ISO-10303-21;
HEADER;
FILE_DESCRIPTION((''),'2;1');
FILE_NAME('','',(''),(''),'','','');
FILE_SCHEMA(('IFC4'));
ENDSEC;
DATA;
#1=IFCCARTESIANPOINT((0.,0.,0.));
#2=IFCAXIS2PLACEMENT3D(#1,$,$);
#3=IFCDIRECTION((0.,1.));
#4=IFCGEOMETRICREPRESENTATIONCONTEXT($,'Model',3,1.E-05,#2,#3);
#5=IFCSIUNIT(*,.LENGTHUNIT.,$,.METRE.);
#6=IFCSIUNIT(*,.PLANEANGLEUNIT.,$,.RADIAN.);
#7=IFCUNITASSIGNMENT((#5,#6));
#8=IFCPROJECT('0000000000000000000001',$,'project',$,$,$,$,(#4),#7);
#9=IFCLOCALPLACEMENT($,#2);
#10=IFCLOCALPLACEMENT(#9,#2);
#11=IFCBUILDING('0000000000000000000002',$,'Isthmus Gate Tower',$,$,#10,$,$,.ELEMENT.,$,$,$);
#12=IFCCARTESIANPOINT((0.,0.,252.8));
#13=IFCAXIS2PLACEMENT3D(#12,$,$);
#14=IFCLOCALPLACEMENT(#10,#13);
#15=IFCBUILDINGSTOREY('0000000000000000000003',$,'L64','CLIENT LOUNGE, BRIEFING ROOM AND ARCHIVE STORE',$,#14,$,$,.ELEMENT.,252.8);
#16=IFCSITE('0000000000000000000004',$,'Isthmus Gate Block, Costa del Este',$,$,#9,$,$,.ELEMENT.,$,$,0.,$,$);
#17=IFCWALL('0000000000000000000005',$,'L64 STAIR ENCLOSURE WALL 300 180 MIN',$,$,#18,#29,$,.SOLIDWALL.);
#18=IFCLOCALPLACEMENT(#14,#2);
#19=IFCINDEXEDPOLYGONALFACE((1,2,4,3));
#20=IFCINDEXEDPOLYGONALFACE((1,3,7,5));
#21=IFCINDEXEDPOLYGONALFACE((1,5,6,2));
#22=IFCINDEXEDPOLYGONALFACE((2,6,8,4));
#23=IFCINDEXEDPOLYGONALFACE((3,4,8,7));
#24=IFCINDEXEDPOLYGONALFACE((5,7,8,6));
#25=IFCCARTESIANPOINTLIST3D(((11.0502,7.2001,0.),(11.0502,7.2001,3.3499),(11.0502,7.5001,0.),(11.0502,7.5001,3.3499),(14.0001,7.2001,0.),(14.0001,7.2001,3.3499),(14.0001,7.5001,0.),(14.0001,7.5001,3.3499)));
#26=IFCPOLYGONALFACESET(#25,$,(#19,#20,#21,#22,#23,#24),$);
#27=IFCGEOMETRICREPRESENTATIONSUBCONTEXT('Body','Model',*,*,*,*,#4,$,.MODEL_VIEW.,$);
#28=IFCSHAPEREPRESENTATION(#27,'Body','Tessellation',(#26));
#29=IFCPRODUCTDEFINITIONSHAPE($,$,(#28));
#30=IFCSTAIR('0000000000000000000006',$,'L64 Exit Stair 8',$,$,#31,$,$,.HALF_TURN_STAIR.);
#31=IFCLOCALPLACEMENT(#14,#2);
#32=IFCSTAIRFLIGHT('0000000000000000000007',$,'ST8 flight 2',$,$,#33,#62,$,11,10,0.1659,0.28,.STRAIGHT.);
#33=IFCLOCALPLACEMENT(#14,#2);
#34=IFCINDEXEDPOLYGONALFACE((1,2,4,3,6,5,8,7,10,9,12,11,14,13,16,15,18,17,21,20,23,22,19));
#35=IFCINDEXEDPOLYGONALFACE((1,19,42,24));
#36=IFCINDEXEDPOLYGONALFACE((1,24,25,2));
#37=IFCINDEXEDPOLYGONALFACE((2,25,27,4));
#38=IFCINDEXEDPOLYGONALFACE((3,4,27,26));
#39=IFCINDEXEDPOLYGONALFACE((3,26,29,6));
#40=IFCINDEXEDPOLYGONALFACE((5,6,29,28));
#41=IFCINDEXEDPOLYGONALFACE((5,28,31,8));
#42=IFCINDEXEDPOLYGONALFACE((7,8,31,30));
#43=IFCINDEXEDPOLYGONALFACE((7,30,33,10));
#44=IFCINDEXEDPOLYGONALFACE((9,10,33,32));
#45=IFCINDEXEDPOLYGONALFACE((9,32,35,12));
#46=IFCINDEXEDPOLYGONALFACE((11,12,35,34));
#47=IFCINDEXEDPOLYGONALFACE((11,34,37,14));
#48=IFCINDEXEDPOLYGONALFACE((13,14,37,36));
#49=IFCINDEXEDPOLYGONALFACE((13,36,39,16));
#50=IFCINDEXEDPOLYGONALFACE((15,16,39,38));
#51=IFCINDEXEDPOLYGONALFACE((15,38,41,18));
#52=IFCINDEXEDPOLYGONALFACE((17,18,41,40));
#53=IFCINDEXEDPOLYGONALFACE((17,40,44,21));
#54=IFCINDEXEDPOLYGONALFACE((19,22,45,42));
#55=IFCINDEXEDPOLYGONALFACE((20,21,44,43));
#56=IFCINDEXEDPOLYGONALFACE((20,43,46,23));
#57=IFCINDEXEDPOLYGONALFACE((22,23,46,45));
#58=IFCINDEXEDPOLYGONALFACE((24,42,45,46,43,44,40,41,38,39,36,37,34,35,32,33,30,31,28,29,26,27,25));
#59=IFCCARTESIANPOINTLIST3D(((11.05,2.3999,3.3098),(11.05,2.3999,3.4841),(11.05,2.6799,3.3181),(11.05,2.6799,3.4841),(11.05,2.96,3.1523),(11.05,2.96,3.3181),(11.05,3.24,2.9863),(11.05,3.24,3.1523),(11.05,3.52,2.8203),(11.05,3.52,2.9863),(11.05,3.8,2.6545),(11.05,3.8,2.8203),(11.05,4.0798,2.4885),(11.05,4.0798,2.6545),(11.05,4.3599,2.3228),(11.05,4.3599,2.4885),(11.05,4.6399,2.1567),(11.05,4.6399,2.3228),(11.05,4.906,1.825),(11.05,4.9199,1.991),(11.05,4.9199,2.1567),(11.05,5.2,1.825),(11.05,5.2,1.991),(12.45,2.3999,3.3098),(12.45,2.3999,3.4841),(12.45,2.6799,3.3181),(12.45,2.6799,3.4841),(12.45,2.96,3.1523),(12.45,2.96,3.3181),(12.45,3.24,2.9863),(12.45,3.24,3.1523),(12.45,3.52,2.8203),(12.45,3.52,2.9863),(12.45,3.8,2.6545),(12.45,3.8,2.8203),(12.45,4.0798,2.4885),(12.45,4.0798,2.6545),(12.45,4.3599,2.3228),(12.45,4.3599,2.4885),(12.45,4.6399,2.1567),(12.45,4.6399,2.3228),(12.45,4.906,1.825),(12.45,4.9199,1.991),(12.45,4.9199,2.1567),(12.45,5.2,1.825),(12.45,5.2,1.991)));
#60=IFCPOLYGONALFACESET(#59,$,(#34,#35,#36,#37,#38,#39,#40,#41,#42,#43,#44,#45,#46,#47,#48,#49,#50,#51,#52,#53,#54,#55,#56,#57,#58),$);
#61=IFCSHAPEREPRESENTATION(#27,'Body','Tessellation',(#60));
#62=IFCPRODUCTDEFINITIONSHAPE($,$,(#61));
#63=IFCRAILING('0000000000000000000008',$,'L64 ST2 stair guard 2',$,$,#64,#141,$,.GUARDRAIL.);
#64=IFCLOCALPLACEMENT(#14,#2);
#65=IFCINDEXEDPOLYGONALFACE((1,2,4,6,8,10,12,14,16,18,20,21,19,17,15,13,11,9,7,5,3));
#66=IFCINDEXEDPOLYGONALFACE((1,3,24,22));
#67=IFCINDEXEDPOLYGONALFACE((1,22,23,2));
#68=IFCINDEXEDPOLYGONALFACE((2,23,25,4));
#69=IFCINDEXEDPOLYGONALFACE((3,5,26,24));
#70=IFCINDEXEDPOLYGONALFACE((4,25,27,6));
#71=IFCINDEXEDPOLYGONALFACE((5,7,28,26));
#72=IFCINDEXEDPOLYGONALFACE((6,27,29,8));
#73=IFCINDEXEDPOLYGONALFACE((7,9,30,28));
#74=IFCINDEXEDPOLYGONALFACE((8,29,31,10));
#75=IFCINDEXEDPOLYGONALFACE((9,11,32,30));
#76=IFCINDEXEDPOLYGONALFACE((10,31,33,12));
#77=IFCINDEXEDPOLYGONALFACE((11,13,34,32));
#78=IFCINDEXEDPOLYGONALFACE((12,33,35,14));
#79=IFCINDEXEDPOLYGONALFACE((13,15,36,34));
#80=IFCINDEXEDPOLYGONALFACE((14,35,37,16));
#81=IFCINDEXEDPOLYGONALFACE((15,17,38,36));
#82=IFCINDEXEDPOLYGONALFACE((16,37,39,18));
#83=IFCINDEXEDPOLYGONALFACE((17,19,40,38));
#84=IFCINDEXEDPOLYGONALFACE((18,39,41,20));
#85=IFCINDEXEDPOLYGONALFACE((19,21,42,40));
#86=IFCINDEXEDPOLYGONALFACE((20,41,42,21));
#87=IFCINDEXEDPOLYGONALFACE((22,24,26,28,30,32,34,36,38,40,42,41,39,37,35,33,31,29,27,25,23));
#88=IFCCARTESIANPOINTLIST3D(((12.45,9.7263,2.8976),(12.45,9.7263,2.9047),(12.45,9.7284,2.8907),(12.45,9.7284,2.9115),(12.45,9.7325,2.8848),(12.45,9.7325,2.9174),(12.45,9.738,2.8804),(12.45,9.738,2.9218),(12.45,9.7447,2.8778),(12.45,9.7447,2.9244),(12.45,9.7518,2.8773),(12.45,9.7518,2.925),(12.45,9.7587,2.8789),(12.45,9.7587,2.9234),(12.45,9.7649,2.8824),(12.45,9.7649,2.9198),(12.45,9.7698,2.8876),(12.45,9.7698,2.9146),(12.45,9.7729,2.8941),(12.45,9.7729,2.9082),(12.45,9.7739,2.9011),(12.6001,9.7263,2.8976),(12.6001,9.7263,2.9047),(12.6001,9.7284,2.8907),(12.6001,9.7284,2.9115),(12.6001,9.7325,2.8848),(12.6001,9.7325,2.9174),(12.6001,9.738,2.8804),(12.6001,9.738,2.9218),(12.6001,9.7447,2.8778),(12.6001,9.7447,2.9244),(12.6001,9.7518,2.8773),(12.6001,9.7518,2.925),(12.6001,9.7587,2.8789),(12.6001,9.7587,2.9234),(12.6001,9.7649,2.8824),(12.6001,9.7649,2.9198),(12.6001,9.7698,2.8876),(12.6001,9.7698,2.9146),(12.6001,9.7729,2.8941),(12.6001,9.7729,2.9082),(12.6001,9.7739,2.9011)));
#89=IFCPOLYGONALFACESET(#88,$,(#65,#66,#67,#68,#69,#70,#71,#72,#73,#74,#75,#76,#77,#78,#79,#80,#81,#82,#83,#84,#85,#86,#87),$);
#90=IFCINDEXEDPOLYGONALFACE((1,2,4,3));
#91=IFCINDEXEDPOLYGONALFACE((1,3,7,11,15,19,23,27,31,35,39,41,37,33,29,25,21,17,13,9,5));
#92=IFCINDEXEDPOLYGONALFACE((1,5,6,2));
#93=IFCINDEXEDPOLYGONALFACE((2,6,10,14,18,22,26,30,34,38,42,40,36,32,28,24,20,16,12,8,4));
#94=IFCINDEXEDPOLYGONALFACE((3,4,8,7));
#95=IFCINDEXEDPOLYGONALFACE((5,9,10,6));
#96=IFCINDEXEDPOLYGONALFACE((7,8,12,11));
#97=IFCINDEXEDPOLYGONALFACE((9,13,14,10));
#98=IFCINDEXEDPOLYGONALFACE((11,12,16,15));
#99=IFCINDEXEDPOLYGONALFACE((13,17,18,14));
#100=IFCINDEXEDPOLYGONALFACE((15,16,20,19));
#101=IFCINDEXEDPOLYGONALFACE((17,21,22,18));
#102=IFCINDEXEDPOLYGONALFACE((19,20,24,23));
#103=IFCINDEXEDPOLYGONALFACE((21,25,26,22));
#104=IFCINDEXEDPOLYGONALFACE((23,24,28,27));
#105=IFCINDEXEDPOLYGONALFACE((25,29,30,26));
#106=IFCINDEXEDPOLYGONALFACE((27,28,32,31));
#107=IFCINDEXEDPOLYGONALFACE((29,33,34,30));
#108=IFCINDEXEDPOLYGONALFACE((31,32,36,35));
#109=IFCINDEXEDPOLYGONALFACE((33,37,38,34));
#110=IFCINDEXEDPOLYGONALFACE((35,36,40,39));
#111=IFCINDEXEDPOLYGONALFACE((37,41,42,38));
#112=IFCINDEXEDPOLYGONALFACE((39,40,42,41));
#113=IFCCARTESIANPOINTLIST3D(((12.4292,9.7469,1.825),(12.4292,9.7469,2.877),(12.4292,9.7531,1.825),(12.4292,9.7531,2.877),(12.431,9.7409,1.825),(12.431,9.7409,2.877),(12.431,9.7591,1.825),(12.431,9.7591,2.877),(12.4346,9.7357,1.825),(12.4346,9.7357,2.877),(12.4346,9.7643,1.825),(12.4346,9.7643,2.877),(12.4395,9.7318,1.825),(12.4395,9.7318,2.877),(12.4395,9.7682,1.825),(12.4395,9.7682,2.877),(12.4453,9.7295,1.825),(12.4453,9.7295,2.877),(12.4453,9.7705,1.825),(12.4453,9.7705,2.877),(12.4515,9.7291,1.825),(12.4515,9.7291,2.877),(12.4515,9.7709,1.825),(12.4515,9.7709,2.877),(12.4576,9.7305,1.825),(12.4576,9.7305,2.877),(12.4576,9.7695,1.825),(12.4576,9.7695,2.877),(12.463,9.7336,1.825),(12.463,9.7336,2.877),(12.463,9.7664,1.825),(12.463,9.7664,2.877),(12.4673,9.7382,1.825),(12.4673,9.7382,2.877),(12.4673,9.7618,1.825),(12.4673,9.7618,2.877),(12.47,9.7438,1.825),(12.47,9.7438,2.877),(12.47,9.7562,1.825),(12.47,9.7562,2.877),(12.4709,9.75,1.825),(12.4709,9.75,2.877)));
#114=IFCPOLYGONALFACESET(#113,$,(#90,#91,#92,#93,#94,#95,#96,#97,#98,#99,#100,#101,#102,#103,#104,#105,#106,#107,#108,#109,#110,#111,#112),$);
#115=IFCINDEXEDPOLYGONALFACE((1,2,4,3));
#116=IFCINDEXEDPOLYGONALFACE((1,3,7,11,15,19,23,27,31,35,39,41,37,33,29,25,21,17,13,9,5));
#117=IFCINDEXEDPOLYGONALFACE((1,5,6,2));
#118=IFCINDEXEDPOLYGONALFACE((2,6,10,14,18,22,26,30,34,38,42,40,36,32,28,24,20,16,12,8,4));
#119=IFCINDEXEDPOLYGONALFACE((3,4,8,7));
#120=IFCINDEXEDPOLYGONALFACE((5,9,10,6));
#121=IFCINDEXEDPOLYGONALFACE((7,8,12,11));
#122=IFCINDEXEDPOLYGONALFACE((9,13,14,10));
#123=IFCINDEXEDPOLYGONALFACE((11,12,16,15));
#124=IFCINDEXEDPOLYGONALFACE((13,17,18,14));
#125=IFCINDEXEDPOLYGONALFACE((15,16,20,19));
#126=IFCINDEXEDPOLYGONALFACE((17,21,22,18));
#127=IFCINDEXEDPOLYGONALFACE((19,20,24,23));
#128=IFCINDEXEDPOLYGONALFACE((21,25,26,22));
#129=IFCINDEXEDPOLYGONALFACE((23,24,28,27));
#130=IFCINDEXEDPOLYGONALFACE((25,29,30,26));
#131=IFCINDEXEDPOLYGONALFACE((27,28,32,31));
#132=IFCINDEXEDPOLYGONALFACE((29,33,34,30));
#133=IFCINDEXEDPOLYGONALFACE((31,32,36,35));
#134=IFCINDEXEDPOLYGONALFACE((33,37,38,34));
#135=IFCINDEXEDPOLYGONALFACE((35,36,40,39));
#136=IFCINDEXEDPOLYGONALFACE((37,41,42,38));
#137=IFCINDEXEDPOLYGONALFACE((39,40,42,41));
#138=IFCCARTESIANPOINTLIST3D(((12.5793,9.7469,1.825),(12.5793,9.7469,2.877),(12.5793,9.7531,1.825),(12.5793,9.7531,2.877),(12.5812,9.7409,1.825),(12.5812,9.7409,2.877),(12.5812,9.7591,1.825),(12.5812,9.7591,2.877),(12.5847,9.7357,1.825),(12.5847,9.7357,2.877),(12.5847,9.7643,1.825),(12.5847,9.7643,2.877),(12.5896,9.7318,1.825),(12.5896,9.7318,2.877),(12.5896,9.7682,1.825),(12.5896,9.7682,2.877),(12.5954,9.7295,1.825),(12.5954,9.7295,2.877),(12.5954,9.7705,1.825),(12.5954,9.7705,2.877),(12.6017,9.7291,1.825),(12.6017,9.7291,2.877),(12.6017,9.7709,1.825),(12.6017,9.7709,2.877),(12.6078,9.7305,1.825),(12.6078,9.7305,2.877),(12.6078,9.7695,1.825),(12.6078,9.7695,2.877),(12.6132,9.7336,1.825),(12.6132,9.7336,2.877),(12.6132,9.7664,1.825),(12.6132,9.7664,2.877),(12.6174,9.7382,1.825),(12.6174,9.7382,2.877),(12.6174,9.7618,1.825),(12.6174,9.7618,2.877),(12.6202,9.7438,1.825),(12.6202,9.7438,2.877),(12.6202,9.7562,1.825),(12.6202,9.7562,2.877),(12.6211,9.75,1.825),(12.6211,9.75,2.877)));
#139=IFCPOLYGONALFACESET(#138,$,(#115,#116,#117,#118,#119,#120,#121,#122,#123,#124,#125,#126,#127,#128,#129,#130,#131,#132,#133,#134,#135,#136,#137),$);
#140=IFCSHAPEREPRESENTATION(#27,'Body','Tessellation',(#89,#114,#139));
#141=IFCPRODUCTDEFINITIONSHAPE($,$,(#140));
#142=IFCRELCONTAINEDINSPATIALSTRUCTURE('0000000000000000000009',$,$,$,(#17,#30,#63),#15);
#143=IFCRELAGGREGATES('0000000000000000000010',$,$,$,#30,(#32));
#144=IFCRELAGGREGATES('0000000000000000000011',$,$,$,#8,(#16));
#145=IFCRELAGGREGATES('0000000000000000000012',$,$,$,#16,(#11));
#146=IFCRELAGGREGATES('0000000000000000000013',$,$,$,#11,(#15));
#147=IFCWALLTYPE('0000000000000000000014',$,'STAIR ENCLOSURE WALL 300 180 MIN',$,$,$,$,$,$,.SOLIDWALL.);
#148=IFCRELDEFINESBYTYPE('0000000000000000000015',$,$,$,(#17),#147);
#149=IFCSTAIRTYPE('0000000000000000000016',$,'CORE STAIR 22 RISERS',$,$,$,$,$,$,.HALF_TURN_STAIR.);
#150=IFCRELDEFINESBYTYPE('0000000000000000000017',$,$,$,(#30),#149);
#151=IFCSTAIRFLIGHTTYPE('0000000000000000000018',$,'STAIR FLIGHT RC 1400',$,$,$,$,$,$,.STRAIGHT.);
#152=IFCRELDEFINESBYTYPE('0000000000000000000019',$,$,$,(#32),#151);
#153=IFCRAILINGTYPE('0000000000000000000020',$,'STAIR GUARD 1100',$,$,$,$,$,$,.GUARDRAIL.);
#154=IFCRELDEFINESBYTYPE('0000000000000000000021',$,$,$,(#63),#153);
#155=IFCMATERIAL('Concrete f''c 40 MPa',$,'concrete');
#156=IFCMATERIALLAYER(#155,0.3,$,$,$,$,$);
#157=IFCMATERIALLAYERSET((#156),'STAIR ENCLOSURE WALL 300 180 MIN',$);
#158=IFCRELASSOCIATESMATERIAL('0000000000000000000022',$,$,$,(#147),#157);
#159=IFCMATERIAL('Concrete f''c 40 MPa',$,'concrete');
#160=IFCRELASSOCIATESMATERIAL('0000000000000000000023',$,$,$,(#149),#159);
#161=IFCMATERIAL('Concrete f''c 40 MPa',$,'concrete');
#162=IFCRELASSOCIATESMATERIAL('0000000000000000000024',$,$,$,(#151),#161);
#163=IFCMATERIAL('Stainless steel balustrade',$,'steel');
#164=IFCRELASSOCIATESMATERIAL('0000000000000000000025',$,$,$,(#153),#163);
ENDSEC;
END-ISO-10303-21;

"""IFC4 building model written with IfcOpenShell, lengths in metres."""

from ifc_helpers import new_model, si_unit, direction, frame, frame_2d, origin, origin_2d, place, context, subcontext, project, spatial, polyline, rectangle, circle, outline, extrude, material, layer, layer_set, type_object, element, aggregate, save


model = new_model("IFC4")

# Units and contexts
model_context = context("Model", 3, precision=1e-05, world=origin(), true_north=direction((0.0, 1.0)))
body_context = subcontext(model_context, "Body", "Model", "MODEL_VIEW")
ifc_project = project(units=[si_unit("LENGTHUNIT", "METRE"), si_unit("PLANEANGLEUNIT", "RADIAN")], contexts=[model_context])

# Site, building, storey
site_placement = place(None, origin())
site = spatial("IfcSite", under=ifc_project, at=site_placement, Name="Isthmus Gate Block, Costa del Este", CompositionType="ELEMENT", RefElevation=0.0)
building_placement = place(site_placement, origin())
building = spatial("IfcBuilding", under=site, at=building_placement, Name="Isthmus Gate Tower", CompositionType="ELEMENT")
storey_placement = place(building_placement, frame((0.0, 0.0, 252.8)))
storey = spatial("IfcBuildingStorey", under=building, at=storey_placement, Name="L64", Description="CLIENT LOUNGE, BRIEFING ROOM AND ARCHIVE STORE", CompositionType="ELEMENT", Elevation=252.8)

# Wall
ifc_material_1 = material(Name="Concrete f'c 40 MPa", Category="concrete")
ifc_layer_1 = layer(ifc_material_1, 0.3)
ifc_layer_set_1 = layer_set([ifc_layer_1], Name="STAIR ENCLOSURE WALL 300 180 MIN")
wall_type_1 = type_object("IfcWallType", Name="STAIR ENCLOSURE WALL 300 180 MIN", PredefinedType="SOLIDWALL", material=ifc_layer_set_1)
wall_1_placement = place(storey_placement, frame((11.05, 7.3501, 0.0), z_axis=(0.0, 0.0, 1.0), x_axis=(1.0, 0.0, 0.0)))
element("IfcWall", 1, at=wall_1_placement, inside=storey, type_object=wall_type_1, Name="L64 STAIR ENCLOSURE WALL 300 180 MIN", PredefinedType="SOLIDWALL", context=body_context, shape_type="SweptSolid", body=[
    extrude(rectangle(XDim=2.95, YDim=0.3, at=frame_2d((1.4751, 0.0))), origin(), (0.0, 0.0, 1.0), 3.3499),
])

# Stair, stair flight
ifc_material_2 = material(Name="Concrete f'c 40 MPa", Category="concrete")
stair_type = type_object("IfcStairType", Name="CORE STAIR 22 RISERS", PredefinedType="HALF_TURN_STAIR", material=ifc_material_2)
stair_placement = place(storey_placement, origin())
stair = element("IfcStair", 2, at=stair_placement, inside=storey, type_object=stair_type, Name="L64 Exit Stair 8", PredefinedType="HALF_TURN_STAIR")
ifc_material_3 = material(Name="Concrete f'c 40 MPa", Category="concrete")
stair_flight_type = type_object("IfcStairFlightType", Name="STAIR FLIGHT RC 1400", PredefinedType="STRAIGHT", material=ifc_material_3)
stair_flight_placement = place(storey_placement, frame((11.75, 5.2, 1.825), z_axis=(0.0, 0.0, 1.0), x_axis=(0.0, -1.0, 0.0)))
stair_flight = element("IfcStairFlight", 3, at=stair_flight_placement, type_object=stair_flight_type, Name="ST8 flight 2", NumberOfRisers=11, NumberOfTreads=10, PredefinedType="STRAIGHT", RiserHeight=0.1659, TreadLength=0.28, context=body_context, shape_type="SweptSolid", body=[
    extrude(outline(polyline([(0.0, 0.0), (0.0, 0.166), (0.28, 0.166), (0.28, 0.3318), (0.5601, 0.3318), (0.5601, 0.4978), (0.8401, 0.4978), (0.8401, 0.6636), (1.1201, 0.6636), (1.1201, 0.8296), (1.3999, 0.8296), (1.3999, 0.9954), (1.6799, 0.9954), (1.6799, 1.1614), (1.96, 1.1614), (1.96, 1.3274), (2.24, 1.3274), (2.24, 1.4932), (2.52, 1.4932), (2.52, 1.6592), (2.8, 1.6592), (2.8, 1.825), (2.8, 1.4849), (0.2939, 0.0), (0.0, 0.0)])), frame((0.0, 0.7, 0.0), z_axis=(0.0, -1.0, 0.0), x_axis=(1.0, 0.0, 0.0)), (0.0, 0.0, 1.0), 1.3999),
])
aggregate(stair, [stair_flight])

# Railing
ifc_material_4 = material(Name="Stainless steel balustrade", Category="steel")
railing_type_1 = type_object("IfcRailingType", Name="STAIR GUARD 1100", PredefinedType="GUARDRAIL", material=ifc_material_4)
railing_1_placement = place(storey_placement, frame((12.45, 9.75, 1.825)))
element("IfcRailing", 4, at=railing_1_placement, inside=storey, type_object=railing_type_1, Name="L64 ST2 stair guard 2", PredefinedType="GUARDRAIL", context=body_context, shape_type="SweptSolid", body=[
    extrude(circle(Radius=0.0239, at=origin_2d()), frame((0.0, 0.0, 1.0762), z_axis=(1.0, 0.0, 0.0), x_axis=(0.0, 1.0, 0.0)), (0.0, 0.0, 1.0), 0.1501),
    extrude(circle(Radius=0.021, at=origin_2d()), origin(), (0.0, 0.0, 1.0), 1.052),
    extrude(circle(Radius=0.021, at=origin_2d()), frame((0.1501, 0.0, 0.0)), (0.0, 0.0, 1.0), 1.052),
])

save(model, "model.ifc")
